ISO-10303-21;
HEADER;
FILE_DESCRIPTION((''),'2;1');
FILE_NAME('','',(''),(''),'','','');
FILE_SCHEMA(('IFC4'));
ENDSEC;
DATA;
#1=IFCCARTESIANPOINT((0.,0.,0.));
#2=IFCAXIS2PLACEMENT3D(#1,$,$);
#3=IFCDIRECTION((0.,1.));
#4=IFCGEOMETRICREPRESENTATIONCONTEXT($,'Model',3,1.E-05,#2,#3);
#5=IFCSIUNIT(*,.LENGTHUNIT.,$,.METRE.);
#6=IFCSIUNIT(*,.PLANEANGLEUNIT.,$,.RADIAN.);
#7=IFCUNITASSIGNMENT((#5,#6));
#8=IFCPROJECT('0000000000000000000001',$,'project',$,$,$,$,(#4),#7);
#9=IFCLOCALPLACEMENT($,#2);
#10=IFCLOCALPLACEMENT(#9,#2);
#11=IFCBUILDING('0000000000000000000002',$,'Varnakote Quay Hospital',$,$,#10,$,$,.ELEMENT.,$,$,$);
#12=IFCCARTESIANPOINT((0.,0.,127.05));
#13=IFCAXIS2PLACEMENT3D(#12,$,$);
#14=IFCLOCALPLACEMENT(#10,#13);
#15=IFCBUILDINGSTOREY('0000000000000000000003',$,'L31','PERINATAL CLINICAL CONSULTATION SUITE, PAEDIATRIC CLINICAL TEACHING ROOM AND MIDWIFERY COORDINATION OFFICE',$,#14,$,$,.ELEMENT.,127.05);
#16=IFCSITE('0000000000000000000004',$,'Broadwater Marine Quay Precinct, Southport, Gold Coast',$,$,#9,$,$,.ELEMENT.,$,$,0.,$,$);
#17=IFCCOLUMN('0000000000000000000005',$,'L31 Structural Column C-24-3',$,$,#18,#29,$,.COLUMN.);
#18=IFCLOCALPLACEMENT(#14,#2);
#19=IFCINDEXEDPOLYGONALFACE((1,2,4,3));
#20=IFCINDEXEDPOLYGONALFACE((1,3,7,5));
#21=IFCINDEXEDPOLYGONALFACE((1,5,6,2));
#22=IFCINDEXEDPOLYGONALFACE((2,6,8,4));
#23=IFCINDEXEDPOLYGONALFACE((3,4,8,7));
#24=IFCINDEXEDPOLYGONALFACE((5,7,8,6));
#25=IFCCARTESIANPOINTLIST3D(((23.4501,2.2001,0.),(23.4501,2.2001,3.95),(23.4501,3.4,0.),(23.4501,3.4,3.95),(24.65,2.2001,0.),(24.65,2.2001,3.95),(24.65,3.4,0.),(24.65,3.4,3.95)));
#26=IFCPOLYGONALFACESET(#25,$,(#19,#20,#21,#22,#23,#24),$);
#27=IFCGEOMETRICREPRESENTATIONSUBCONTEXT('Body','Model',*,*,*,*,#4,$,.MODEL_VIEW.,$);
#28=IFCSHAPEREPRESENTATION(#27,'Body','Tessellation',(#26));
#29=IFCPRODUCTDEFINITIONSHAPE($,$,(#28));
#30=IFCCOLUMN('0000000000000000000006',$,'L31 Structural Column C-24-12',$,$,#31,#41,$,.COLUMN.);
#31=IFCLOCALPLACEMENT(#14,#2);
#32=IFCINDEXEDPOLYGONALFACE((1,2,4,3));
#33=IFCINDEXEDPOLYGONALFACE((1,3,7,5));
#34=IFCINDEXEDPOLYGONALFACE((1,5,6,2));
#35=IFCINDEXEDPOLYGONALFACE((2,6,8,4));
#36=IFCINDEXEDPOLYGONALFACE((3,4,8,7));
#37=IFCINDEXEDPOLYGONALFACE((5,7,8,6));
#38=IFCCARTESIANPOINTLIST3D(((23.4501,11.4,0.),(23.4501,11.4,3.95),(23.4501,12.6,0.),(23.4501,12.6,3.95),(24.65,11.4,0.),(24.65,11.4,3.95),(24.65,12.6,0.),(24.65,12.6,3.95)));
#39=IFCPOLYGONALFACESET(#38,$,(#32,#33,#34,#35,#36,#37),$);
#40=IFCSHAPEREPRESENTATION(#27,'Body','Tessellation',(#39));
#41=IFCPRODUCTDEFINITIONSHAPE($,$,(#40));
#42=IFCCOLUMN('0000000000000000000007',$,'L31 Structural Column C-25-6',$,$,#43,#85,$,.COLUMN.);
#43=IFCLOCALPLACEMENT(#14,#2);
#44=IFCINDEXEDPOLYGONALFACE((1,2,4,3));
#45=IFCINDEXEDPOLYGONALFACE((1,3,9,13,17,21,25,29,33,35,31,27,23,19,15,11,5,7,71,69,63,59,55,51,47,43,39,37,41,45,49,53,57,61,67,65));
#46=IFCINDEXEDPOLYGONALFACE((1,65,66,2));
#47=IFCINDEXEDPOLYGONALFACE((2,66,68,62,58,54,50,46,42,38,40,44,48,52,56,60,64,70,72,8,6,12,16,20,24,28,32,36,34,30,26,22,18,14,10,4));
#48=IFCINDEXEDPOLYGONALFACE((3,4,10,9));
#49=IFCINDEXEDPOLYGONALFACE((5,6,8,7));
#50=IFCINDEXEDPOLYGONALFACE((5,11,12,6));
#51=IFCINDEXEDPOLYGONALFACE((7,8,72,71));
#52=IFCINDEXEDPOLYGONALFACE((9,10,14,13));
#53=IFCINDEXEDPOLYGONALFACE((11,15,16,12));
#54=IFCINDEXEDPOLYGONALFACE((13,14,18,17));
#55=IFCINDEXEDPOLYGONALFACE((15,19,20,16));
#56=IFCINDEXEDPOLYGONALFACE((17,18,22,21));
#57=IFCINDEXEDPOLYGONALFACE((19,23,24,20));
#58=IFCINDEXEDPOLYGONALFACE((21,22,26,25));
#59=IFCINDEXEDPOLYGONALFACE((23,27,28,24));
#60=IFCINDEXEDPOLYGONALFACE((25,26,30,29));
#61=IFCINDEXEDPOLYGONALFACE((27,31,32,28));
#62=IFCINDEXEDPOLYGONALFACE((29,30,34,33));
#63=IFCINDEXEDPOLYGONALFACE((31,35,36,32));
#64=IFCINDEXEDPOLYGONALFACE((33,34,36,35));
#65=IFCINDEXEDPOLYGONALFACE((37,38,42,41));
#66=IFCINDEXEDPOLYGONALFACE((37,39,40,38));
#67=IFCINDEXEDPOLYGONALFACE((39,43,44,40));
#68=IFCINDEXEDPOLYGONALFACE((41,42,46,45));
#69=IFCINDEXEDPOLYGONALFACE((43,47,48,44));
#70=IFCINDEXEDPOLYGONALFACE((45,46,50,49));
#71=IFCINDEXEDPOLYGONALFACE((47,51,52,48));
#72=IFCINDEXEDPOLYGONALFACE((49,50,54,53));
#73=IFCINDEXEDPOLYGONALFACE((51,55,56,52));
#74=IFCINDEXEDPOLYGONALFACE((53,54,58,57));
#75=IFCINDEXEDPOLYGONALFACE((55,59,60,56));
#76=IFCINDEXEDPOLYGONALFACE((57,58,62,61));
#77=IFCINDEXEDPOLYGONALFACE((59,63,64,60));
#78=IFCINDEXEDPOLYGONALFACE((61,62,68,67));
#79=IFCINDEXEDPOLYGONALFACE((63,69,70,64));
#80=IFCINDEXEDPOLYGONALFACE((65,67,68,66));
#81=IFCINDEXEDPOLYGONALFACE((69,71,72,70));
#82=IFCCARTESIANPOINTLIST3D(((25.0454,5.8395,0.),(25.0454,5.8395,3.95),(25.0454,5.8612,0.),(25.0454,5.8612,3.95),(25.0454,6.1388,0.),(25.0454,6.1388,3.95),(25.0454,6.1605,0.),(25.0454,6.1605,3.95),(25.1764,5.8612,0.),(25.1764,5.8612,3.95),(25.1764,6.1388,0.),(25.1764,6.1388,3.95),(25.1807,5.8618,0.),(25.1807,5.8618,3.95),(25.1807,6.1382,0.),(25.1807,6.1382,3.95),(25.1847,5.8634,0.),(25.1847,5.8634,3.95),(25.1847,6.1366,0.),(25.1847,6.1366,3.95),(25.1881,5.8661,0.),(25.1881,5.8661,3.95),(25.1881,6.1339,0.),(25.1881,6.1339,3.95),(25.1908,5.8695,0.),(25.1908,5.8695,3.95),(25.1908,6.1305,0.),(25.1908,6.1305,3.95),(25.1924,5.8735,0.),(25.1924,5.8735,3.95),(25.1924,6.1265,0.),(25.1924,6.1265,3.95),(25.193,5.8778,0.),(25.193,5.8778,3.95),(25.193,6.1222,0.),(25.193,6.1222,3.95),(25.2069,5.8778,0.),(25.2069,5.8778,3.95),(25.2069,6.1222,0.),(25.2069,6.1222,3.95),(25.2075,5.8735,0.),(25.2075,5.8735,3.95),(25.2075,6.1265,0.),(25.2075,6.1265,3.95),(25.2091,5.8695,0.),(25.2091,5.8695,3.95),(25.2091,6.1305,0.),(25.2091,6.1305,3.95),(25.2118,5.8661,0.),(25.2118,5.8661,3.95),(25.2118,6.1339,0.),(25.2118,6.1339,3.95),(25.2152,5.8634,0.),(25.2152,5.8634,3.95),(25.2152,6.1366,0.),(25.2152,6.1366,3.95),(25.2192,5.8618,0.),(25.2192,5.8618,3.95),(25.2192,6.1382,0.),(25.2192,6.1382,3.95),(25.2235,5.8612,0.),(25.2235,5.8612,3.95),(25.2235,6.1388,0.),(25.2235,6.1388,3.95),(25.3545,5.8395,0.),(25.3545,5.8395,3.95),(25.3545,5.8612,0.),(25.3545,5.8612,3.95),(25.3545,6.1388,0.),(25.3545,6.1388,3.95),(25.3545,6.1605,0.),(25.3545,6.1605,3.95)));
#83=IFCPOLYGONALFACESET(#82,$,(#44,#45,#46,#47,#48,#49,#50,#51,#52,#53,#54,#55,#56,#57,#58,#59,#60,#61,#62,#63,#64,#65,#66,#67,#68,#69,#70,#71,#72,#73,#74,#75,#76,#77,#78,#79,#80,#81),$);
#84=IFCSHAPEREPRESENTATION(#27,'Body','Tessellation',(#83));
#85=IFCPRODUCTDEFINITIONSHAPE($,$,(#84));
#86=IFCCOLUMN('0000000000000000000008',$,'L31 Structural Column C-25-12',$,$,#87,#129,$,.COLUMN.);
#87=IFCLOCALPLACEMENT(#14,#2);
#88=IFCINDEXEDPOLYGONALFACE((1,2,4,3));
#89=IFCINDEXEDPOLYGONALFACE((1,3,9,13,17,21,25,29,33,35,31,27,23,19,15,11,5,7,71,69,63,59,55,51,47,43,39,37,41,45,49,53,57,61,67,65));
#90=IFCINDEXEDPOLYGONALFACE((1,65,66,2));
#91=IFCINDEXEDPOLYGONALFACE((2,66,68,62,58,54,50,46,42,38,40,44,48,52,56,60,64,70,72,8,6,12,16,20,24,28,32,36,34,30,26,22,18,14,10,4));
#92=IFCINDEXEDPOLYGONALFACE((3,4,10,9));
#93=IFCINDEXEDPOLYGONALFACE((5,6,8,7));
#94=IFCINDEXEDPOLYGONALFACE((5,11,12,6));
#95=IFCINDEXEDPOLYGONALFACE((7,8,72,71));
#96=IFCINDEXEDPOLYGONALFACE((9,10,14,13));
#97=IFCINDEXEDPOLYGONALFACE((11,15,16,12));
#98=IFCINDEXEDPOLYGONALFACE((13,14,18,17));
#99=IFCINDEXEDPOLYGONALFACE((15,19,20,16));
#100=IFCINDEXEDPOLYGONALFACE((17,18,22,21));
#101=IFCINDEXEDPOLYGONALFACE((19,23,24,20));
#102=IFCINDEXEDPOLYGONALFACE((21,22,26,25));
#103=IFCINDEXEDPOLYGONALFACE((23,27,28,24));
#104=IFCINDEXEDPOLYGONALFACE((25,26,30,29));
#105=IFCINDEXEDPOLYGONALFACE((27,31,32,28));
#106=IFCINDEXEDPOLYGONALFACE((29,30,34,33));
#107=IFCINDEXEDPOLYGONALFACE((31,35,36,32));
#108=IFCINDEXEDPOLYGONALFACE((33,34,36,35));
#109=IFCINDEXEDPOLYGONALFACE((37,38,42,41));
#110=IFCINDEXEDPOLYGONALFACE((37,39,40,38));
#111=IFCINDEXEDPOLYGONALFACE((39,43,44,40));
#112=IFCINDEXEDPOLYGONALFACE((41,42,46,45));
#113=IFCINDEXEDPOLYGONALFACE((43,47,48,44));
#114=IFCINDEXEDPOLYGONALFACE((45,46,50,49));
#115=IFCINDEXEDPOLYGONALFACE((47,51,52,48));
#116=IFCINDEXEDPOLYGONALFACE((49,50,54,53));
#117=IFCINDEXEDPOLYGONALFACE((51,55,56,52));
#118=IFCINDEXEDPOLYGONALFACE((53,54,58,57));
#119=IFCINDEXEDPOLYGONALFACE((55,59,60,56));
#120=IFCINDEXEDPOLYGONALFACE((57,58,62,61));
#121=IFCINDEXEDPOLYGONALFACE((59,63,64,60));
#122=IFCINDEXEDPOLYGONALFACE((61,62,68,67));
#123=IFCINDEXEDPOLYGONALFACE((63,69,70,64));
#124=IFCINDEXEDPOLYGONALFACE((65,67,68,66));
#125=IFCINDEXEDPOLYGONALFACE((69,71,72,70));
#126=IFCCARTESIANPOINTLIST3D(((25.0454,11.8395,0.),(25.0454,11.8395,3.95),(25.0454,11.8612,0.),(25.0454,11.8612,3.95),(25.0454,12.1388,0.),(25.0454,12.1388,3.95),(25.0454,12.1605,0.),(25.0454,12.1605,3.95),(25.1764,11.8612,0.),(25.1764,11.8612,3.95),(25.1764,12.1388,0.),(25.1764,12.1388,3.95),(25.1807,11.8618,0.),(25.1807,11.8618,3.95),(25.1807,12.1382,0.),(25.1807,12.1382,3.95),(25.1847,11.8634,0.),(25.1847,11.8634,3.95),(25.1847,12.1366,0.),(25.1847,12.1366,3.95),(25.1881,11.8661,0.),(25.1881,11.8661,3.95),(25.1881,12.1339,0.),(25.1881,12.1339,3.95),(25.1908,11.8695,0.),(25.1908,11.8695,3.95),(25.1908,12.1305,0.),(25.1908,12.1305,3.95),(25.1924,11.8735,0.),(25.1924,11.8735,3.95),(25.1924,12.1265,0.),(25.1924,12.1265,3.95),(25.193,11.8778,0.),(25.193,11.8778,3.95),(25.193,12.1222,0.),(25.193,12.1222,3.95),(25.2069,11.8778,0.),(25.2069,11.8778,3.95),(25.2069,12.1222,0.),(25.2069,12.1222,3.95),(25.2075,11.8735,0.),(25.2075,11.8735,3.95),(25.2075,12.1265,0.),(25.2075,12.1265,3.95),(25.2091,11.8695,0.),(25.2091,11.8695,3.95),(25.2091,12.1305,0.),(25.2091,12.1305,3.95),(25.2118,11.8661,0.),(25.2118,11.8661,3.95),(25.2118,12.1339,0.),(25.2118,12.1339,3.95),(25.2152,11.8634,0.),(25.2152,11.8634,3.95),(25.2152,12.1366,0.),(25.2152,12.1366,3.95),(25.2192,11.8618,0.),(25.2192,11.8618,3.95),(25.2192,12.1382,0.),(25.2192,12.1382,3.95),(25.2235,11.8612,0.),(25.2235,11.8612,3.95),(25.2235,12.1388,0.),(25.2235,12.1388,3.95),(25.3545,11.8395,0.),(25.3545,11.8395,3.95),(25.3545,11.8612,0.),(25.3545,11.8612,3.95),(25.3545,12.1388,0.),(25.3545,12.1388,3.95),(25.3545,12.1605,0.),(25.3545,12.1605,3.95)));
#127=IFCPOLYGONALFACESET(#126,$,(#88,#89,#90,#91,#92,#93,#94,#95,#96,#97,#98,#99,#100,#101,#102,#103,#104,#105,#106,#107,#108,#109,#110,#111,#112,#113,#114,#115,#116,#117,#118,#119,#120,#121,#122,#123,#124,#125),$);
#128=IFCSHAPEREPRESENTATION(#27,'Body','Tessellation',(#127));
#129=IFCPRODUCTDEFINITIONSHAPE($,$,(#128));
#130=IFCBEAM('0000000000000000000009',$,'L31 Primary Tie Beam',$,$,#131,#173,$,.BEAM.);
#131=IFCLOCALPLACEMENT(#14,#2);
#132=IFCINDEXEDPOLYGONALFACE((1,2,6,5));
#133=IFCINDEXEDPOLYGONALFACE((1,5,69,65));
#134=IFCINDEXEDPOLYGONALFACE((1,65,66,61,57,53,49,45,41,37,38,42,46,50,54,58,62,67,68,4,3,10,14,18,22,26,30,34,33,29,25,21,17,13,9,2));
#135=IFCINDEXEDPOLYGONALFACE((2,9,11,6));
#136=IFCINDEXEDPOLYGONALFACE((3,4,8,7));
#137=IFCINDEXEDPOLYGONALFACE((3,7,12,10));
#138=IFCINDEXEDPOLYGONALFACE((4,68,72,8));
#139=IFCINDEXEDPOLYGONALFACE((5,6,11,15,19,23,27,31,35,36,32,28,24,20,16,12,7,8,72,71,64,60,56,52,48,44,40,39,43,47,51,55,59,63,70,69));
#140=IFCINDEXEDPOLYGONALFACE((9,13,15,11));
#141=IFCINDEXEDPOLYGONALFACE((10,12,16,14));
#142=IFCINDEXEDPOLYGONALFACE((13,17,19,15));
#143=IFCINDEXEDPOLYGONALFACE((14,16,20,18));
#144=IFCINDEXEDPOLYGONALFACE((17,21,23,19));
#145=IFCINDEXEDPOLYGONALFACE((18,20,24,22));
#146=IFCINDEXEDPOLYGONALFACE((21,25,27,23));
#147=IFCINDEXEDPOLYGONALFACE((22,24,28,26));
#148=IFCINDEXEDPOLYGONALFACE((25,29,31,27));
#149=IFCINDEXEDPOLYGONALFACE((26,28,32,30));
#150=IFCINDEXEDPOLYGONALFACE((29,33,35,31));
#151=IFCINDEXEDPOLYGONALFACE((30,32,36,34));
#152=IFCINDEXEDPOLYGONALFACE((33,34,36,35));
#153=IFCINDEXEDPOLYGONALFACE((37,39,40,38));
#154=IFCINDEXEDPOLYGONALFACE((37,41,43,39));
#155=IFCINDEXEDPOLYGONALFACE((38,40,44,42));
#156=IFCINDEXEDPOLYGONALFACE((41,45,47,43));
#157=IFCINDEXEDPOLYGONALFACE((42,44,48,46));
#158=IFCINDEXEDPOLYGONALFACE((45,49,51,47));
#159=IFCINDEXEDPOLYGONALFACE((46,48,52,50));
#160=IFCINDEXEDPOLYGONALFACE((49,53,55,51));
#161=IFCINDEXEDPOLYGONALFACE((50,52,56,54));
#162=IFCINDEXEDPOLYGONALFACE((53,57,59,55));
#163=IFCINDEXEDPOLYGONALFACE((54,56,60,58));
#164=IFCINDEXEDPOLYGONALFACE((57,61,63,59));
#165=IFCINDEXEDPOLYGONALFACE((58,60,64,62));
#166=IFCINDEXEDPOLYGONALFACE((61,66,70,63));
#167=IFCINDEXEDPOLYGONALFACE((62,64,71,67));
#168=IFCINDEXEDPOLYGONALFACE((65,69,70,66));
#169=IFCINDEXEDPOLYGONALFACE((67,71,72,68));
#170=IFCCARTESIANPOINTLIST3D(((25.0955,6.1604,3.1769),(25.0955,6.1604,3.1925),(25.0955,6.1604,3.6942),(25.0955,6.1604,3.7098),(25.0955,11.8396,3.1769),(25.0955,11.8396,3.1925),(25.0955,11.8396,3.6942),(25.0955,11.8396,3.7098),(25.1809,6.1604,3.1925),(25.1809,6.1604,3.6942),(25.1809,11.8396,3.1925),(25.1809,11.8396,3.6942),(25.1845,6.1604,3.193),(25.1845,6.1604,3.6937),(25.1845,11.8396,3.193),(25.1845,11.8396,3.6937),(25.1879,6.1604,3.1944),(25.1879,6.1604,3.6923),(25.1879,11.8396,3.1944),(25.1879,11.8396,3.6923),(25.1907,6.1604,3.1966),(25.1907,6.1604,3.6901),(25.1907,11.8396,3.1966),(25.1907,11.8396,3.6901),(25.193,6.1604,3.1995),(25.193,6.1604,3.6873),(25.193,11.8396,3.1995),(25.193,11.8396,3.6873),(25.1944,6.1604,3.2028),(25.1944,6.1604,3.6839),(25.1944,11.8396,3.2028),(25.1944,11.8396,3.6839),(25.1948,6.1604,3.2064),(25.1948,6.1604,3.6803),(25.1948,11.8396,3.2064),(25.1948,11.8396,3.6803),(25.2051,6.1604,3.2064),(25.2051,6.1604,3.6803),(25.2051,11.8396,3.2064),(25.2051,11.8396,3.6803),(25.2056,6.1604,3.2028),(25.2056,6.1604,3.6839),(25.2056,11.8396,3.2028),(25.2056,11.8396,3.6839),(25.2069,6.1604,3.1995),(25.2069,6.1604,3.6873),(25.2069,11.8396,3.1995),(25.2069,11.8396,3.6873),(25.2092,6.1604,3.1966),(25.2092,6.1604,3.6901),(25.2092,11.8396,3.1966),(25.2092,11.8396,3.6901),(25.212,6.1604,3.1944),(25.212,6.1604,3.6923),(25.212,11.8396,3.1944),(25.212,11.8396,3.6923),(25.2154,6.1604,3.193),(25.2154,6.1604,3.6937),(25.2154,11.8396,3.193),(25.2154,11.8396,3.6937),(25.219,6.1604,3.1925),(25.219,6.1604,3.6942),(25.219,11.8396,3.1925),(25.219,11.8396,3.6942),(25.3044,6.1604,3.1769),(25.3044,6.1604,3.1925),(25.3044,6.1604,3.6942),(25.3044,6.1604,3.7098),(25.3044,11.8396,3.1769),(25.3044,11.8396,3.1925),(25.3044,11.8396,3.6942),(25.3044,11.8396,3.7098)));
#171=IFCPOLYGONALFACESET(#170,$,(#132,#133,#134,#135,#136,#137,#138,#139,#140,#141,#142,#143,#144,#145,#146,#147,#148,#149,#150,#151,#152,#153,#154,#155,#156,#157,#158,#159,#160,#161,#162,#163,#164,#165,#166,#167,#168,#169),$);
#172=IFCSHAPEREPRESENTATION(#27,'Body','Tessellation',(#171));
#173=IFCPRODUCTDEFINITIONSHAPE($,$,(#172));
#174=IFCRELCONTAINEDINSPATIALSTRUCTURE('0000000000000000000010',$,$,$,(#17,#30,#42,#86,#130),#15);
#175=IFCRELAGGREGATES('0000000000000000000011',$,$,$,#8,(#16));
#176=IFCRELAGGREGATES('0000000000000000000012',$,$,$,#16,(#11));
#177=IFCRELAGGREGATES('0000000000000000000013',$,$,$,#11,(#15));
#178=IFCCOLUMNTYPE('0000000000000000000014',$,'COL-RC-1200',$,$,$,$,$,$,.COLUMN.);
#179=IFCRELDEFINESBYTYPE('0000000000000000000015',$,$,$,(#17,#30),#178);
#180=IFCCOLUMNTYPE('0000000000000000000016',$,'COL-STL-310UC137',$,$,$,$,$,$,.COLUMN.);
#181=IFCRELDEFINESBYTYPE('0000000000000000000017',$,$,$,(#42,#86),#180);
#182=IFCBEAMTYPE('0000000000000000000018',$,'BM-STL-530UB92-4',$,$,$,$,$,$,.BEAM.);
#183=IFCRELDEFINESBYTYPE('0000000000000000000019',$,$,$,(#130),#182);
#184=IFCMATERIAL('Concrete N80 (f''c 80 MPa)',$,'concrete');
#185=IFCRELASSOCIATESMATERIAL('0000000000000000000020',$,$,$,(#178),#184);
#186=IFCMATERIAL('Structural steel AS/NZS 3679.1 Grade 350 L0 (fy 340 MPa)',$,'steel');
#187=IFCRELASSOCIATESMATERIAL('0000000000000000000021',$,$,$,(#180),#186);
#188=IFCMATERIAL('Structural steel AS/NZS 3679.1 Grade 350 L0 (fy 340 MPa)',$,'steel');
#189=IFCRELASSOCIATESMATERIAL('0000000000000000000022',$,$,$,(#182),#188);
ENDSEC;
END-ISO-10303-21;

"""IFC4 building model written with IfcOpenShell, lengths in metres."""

from ifc_helpers import new_model, si_unit, direction, frame, origin, origin_2d, place, context, subcontext, project, spatial, rectangle, i_section, extrude, material, material_profile, profile_set, type_object, element, save


model = new_model("IFC4")

# Units and contexts
model_context = context("Model", 3, precision=1e-05, world=origin(), true_north=direction((0.0, 1.0)))
body_context = subcontext(model_context, "Body", "Model", "MODEL_VIEW")
ifc_project = project(units=[si_unit("LENGTHUNIT", "METRE"), si_unit("PLANEANGLEUNIT", "RADIAN")], contexts=[model_context])

# Site, building, storey
site_placement = place(None, origin())
site = spatial("IfcSite", under=ifc_project, at=site_placement, Name="Broadwater Marine Quay Precinct, Southport, Gold Coast", CompositionType="ELEMENT", RefElevation=0.0)
building_placement = place(site_placement, origin())
building = spatial("IfcBuilding", under=site, at=building_placement, Name="Varnakote Quay Hospital", CompositionType="ELEMENT")
storey_placement = place(building_placement, frame((0.0, 0.0, 127.05)))
storey = spatial("IfcBuildingStorey", under=building, at=storey_placement, Name="L31", Description="PERINATAL CLINICAL CONSULTATION SUITE, PAEDIATRIC CLINICAL TEACHING ROOM AND MIDWIFERY COORDINATION OFFICE", CompositionType="ELEMENT", Elevation=127.05)

# Columns
ifc_material_1 = material(Name="Concrete N80 (f'c 80 MPa)", Category="concrete")
ifc_material_profile_1 = material_profile(ifc_material_1, rectangle(XDim=1.2, YDim=1.2, at=origin_2d()), Name="RC-COL-1200x1200")
ifc_profile_set_1 = profile_set([ifc_material_profile_1], Name="Concrete N80 (f'c 80 MPa)")
column_type_1 = type_object("IfcColumnType", Name="COL-RC-1200", PredefinedType="COLUMN", material=ifc_profile_set_1)
for number, where, z_axis, x_axis, name in (
    (1, (24.05, 2.8, 0.0), (0.0, 0.0, 1.0), (1.0, 0.0, 0.0), "L31 Structural Column C-24-3"),
    (2, (24.05, 12.0, 0.0), (0.0, 0.0, 1.0), (1.0, 0.0, 0.0), "L31 Structural Column C-24-12"),
):
    element("IfcColumn", number, at=place(storey_placement, frame(where, z_axis=z_axis, x_axis=x_axis)), inside=storey, type_object=column_type_1, Name=name, PredefinedType="COLUMN", context=body_context, shape_type="SweptSolid", body=[
        extrude(rectangle(XDim=1.2, YDim=1.2, at=origin_2d()), origin(), (0.0, 0.0, 1.0), 3.95),
    ])
ifc_material_2 = material(Name="Structural steel AS/NZS 3679.1 Grade 350 L0 (fy 340 MPa)", Category="steel")
ifc_material_profile_2 = material_profile(ifc_material_2, i_section(OverallWidth=0.3091, OverallDepth=0.321, WebThickness=0.0139, FlangeThickness=0.0217, FilletRadius=0.0166, at=origin_2d()), Name="310UC137")
ifc_profile_set_2 = profile_set([ifc_material_profile_2], Name="Structural steel AS/NZS 3679.1 Grade 350 L0 (fy 340 MPa)")
column_type_2 = type_object("IfcColumnType", Name="COL-STL-310UC137", PredefinedType="COLUMN", material=ifc_profile_set_2)
for number, where, z_axis, x_axis, name in (
    (3, (25.2, 6.0, 0.0), (0.0, 0.0, 1.0), (1.0, 0.0, 0.0), "L31 Structural Column C-25-6"),
    (4, (25.2, 12.0, 0.0), (0.0, 0.0, 1.0), (1.0, 0.0, 0.0), "L31 Structural Column C-25-12"),
):
    element("IfcColumn", number, at=place(storey_placement, frame(where, z_axis=z_axis, x_axis=x_axis)), inside=storey, type_object=column_type_2, Name=name, PredefinedType="COLUMN", context=body_context, shape_type="SweptSolid", body=[
        extrude(i_section(OverallWidth=0.3091, OverallDepth=0.321, WebThickness=0.0139, FlangeThickness=0.0217, FilletRadius=0.0166, at=origin_2d()), origin(), (0.0, 0.0, 1.0), 3.95),
    ])

# Beam
ifc_material_3 = material(Name="Structural steel AS/NZS 3679.1 Grade 350 L0 (fy 340 MPa)", Category="steel")
ifc_material_profile_3 = material_profile(ifc_material_3, i_section(OverallWidth=0.209, OverallDepth=0.533, WebThickness=0.0103, FlangeThickness=0.0156, FilletRadius=0.0139, at=origin_2d()), Name="530UB92.4")
ifc_profile_set_3 = profile_set([ifc_material_profile_3], Name="Structural steel AS/NZS 3679.1 Grade 350 L0 (fy 340 MPa)")
beam_type_1 = type_object("IfcBeamType", Name="BM-STL-530UB92-4", PredefinedType="BEAM", material=ifc_profile_set_3)
beam_1_placement = place(storey_placement, frame((25.2, 6.1604, 3.4434), z_axis=(0.0, 1.0, 0.0), x_axis=(-1.0, 0.0, 0.0)))
element("IfcBeam", 5, at=beam_1_placement, inside=storey, type_object=beam_type_1, Name="L31 Primary Tie Beam", PredefinedType="BEAM", context=body_context, shape_type="SweptSolid", body=[
    extrude(i_section(OverallWidth=0.209, OverallDepth=0.533, WebThickness=0.0103, FlangeThickness=0.0156, FilletRadius=0.0139, at=origin_2d()), origin(), (0.0, 0.0, 1.0), 5.6792),
])

save(model, "model.ifc")
